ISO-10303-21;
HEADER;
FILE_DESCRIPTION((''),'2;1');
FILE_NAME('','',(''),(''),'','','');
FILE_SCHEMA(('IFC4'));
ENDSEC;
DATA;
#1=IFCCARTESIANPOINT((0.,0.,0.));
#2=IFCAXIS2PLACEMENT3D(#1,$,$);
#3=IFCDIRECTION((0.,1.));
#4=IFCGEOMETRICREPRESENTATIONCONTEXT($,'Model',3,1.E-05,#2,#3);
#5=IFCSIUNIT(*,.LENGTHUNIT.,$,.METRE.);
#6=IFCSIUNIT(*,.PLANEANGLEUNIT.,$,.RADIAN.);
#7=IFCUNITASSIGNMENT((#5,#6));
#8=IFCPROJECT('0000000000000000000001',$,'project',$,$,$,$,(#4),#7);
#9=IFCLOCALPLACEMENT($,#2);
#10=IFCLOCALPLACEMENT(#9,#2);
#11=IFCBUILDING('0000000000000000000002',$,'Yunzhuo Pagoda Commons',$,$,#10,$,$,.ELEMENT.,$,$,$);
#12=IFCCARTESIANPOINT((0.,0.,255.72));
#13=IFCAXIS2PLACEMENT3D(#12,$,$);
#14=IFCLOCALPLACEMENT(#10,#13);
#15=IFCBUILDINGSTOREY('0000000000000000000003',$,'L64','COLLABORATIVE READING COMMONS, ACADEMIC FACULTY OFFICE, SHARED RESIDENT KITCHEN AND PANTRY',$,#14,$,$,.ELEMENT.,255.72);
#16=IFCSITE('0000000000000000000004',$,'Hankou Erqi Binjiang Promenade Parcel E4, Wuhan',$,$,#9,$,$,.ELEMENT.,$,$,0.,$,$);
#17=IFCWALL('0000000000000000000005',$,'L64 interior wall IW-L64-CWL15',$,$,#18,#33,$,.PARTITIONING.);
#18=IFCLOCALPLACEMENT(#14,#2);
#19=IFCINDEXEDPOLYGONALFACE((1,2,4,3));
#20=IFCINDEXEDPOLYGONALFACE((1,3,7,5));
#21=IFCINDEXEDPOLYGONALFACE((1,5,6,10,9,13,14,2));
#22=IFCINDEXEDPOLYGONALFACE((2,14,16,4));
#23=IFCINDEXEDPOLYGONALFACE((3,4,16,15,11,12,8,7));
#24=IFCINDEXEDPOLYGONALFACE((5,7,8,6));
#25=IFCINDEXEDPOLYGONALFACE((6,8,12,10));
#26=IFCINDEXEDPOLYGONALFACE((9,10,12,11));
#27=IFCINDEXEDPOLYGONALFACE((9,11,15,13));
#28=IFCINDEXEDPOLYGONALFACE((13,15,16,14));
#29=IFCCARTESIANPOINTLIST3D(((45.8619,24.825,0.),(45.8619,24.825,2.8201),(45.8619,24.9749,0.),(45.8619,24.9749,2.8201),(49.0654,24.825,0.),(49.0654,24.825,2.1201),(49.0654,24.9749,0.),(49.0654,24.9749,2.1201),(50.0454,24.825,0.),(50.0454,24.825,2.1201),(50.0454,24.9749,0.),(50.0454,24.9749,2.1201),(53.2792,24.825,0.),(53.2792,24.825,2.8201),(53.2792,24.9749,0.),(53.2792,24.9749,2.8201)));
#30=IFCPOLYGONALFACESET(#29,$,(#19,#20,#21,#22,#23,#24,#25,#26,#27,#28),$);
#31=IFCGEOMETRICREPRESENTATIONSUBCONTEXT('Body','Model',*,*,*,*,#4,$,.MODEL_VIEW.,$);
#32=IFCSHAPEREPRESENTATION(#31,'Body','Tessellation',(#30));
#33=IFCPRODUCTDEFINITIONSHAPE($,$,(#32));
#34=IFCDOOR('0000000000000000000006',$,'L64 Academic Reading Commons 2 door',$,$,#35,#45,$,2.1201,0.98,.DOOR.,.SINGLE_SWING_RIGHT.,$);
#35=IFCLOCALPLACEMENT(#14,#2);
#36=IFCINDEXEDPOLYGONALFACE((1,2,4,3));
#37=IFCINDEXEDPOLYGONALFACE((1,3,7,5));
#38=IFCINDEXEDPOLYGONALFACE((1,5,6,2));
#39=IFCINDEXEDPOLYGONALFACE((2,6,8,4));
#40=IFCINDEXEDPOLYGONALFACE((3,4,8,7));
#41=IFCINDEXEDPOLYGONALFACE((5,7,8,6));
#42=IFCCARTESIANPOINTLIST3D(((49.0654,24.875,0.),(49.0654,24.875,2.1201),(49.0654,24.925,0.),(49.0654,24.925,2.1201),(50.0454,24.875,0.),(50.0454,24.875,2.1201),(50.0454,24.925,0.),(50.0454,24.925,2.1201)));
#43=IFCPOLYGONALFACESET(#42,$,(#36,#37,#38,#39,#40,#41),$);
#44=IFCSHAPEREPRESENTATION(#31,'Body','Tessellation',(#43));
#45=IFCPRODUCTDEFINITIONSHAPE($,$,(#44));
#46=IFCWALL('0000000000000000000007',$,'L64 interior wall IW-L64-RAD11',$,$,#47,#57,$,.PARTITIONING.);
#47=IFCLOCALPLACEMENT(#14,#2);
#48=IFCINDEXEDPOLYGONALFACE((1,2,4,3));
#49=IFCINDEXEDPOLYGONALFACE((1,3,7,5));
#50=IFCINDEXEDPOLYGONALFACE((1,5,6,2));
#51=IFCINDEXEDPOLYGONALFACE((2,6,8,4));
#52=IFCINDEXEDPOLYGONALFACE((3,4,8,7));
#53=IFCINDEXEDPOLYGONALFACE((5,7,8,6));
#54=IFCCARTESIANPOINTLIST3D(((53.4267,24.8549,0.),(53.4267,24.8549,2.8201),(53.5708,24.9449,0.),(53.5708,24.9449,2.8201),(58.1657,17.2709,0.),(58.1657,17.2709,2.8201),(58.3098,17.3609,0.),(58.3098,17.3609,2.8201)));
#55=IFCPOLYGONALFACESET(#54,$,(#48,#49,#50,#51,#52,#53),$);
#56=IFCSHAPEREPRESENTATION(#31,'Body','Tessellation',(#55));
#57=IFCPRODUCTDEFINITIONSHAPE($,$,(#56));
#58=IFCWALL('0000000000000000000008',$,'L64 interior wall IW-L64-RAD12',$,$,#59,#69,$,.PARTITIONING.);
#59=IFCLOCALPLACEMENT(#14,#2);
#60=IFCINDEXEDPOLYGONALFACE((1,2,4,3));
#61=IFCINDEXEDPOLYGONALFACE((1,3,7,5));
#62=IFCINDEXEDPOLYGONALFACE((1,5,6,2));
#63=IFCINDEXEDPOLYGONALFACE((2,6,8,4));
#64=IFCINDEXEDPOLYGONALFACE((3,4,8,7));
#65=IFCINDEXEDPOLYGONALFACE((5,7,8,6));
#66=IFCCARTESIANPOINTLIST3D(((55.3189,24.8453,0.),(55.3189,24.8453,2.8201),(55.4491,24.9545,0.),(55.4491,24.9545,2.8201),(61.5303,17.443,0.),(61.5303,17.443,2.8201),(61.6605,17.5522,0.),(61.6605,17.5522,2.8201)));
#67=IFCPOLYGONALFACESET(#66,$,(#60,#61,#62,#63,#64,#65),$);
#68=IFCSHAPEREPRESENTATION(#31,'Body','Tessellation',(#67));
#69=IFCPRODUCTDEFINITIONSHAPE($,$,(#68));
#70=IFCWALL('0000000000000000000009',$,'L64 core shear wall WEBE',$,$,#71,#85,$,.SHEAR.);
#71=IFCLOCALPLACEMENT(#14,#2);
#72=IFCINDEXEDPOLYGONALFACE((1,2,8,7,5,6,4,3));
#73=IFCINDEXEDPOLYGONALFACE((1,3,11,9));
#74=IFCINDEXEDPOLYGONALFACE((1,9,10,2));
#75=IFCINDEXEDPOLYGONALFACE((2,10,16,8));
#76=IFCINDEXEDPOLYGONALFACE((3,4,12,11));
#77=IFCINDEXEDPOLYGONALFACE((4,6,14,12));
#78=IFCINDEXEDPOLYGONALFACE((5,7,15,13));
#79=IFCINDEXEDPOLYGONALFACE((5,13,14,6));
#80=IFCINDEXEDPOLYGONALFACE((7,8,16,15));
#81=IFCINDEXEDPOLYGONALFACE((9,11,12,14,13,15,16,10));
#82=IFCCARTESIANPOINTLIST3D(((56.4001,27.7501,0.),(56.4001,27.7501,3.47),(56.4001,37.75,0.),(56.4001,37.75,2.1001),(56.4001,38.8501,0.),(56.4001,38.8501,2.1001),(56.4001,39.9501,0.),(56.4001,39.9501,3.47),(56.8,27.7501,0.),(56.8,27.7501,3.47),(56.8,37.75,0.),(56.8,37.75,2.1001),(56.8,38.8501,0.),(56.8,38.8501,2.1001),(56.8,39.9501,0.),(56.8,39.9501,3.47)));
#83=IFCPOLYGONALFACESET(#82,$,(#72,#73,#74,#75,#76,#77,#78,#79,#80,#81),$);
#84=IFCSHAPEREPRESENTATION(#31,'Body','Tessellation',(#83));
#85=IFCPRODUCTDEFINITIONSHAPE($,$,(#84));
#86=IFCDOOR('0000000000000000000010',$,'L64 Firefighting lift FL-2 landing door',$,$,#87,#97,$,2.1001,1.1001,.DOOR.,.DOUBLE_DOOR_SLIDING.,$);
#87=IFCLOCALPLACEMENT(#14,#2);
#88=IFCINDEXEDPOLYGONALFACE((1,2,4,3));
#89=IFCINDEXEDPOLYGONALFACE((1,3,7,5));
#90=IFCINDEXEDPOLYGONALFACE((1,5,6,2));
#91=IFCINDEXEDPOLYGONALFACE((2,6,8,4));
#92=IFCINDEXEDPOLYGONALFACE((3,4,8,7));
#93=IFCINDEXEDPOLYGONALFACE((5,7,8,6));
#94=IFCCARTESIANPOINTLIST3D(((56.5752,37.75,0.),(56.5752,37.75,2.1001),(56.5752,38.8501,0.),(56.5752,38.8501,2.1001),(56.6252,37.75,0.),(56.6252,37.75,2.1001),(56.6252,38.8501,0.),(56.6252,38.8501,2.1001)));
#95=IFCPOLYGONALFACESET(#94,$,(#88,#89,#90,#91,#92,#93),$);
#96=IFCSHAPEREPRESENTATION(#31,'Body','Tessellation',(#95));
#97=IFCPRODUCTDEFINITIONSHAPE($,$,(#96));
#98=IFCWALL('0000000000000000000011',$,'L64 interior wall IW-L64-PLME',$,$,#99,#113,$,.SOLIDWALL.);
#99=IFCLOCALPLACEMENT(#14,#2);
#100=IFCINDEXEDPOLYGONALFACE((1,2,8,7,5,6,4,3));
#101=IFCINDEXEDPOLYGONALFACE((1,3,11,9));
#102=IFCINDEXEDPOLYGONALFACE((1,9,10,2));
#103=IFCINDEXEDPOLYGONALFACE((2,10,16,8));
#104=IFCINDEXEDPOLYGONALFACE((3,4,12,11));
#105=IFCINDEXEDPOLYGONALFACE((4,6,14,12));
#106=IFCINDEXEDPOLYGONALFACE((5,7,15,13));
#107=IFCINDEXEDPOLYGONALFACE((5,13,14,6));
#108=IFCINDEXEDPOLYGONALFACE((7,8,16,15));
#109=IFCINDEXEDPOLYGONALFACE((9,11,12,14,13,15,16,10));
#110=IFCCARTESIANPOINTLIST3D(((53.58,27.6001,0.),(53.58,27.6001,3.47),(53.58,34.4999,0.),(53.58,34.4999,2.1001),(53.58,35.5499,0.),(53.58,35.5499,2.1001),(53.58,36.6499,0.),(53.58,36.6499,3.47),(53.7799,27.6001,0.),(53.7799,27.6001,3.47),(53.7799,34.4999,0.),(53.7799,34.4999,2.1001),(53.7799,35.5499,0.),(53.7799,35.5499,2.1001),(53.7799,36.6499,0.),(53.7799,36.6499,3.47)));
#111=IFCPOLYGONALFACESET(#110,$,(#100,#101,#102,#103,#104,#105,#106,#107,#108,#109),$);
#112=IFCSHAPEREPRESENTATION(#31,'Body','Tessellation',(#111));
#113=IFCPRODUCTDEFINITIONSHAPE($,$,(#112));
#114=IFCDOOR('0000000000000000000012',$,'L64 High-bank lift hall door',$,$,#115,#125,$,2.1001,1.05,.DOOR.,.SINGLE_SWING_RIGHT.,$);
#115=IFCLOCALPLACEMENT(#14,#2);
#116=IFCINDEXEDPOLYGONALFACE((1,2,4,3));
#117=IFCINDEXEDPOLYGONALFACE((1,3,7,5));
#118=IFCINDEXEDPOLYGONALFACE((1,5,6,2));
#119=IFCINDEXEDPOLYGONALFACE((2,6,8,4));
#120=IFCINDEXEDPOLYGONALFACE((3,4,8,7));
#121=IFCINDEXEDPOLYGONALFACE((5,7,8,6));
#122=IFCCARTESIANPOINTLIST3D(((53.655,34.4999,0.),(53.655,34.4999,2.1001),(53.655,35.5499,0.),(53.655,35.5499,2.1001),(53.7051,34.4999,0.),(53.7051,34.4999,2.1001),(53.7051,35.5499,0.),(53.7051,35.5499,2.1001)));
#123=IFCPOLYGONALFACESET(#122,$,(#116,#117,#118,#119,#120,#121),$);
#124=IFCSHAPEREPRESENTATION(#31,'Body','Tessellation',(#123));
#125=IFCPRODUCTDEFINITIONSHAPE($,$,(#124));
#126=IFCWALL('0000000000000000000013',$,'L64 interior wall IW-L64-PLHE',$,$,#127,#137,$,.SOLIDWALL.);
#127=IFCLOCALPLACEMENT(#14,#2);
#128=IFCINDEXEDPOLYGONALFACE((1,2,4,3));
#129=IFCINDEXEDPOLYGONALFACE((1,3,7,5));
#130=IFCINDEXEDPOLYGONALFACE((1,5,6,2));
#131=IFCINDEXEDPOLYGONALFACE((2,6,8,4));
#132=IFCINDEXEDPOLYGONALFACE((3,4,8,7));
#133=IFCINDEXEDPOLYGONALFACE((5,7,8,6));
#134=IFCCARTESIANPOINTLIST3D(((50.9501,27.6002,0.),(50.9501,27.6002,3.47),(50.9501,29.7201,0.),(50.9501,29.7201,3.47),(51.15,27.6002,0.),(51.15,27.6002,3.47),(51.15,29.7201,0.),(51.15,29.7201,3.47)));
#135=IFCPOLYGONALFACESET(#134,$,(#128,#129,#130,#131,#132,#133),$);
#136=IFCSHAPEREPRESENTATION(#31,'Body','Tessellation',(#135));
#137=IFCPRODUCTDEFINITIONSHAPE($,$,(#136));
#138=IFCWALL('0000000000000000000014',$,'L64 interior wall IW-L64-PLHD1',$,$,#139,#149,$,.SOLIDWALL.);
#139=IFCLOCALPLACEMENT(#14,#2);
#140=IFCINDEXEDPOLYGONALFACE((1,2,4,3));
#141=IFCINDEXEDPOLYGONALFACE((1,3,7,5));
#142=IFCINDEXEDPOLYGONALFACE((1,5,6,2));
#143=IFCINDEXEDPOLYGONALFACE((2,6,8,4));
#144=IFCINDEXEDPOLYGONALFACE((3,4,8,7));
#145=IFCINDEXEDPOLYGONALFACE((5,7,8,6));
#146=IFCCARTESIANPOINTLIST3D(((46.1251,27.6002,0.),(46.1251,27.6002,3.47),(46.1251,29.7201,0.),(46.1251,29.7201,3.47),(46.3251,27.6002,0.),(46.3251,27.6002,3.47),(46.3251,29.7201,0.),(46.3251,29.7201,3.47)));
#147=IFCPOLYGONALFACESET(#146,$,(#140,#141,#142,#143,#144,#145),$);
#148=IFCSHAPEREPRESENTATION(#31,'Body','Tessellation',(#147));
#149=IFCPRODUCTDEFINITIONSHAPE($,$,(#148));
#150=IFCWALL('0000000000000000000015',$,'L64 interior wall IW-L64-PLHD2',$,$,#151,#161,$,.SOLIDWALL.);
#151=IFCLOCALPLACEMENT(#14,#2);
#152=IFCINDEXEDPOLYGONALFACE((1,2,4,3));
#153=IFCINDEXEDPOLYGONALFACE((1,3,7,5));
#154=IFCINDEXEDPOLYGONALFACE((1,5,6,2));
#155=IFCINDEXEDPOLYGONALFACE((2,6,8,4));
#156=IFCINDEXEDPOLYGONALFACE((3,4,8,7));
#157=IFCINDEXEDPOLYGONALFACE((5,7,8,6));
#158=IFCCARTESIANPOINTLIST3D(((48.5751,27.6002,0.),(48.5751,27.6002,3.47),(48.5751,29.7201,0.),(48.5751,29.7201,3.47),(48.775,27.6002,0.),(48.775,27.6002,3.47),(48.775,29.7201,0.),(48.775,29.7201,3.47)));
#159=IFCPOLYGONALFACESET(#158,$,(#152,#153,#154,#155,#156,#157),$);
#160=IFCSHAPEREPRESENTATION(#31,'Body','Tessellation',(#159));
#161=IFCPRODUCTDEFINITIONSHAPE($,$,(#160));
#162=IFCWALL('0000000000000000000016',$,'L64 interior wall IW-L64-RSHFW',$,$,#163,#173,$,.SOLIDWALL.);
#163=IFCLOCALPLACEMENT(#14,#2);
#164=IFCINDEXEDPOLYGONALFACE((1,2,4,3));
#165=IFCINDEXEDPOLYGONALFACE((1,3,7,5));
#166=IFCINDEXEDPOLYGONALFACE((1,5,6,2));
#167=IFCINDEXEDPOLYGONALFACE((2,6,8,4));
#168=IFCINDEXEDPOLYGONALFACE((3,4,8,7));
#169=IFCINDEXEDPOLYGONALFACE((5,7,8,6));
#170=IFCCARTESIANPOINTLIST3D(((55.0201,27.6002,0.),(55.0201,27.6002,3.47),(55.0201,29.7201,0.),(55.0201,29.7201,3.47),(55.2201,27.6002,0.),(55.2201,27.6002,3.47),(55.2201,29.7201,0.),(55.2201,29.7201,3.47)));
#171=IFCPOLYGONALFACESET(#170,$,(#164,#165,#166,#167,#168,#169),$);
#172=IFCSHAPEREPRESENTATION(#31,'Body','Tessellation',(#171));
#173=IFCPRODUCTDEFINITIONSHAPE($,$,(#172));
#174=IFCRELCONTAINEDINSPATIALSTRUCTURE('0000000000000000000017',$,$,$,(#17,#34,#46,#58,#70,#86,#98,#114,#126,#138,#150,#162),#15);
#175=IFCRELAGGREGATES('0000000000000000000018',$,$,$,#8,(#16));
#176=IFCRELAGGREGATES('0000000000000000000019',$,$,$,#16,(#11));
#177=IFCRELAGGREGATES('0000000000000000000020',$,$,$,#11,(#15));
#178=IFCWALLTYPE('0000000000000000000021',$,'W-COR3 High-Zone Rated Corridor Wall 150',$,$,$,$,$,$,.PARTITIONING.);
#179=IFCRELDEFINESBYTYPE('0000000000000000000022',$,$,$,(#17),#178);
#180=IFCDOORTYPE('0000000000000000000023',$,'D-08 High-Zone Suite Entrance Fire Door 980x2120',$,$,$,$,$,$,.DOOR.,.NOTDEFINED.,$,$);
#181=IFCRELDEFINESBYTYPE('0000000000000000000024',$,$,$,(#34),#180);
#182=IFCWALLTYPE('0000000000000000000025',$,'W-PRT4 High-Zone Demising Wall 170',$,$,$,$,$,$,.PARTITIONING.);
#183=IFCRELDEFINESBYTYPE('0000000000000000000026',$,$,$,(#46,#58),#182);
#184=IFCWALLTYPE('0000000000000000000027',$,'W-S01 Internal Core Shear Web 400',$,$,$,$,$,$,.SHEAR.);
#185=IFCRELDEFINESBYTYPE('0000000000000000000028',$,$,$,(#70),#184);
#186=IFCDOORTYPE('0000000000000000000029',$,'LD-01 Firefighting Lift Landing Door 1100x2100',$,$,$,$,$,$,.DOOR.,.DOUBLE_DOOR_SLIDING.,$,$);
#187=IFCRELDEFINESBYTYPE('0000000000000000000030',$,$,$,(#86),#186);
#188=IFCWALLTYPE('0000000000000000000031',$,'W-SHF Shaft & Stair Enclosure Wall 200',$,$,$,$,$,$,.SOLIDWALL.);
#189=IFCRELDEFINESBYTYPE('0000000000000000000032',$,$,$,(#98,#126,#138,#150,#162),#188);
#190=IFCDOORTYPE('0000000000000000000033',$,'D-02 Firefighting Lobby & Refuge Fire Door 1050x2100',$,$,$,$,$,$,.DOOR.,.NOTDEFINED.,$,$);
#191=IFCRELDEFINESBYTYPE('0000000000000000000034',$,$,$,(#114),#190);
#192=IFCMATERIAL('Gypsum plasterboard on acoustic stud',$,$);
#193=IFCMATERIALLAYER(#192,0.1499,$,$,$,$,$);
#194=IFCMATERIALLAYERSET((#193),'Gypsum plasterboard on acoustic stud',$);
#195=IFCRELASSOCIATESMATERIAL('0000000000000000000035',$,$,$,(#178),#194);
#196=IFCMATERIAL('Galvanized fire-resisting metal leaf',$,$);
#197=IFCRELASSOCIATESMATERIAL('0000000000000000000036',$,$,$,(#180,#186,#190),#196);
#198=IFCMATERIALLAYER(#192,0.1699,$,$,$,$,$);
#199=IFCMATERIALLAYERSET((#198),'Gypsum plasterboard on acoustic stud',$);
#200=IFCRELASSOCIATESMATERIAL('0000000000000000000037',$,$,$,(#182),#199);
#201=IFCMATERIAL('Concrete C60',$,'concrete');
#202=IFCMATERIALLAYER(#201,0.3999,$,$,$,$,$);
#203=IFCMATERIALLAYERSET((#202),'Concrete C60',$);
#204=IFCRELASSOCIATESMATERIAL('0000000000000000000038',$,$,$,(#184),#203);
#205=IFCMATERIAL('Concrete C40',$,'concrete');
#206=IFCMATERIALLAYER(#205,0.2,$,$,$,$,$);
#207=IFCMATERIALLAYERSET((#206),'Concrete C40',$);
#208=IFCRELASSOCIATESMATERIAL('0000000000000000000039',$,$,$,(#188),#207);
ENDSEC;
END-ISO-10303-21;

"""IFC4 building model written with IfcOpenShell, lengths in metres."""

from ifc_helpers import new_model, si_unit, direction, frame, frame_2d, origin, origin_with_axes, place, context, subcontext, project, spatial, rectangle, extrude, source, transform, mapped, material, layer, layer_set, type_object, element, fill, save


model = new_model("IFC4")

# Units and contexts
model_context = context("Model", 3, precision=1e-05, world=origin(), true_north=direction((0.0, 1.0)))
body_context = subcontext(model_context, "Body", "Model", "MODEL_VIEW")
ifc_project = project(units=[si_unit("LENGTHUNIT", "METRE"), si_unit("PLANEANGLEUNIT", "RADIAN")], contexts=[model_context])

# Site, building, storey
site_placement = place(None, origin())
site = spatial("IfcSite", under=ifc_project, at=site_placement, Name="Hankou Erqi Binjiang Promenade Parcel E4, Wuhan", CompositionType="ELEMENT", RefElevation=0.0)
building_placement = place(site_placement, origin())
building = spatial("IfcBuilding", under=site, at=building_placement, Name="Yunzhuo Pagoda Commons", CompositionType="ELEMENT")
storey_placement = place(building_placement, frame((0.0, 0.0, 255.72)))
storey = spatial("IfcBuildingStorey", under=building, at=storey_placement, Name="L64", Description="COLLABORATIVE READING COMMONS, ACADEMIC FACULTY OFFICE, SHARED RESIDENT KITCHEN AND PANTRY", CompositionType="ELEMENT", Elevation=255.72)

# Shared definitions
ifc_material_1 = material(Name="Gypsum plasterboard on acoustic stud")
ifc_layer_1 = layer(ifc_material_1, 0.1499)
ifc_layer_set_1 = layer_set([ifc_layer_1], Name="Gypsum plasterboard on acoustic stud")
wall_type_1 = type_object("IfcWallType", Name="W-COR3 High-Zone Rated Corridor Wall 150", PredefinedType="PARTITIONING", material=ifc_layer_set_1)
ifc_material_2 = material(Name="Galvanized fire-resisting metal leaf")

# Wall, opening, door
wall_1_placement = place(storey_placement, frame((53.2791, 24.8999, 0.0), z_axis=(0.0, 0.0, 1.0), x_axis=(-1.0, 0.0, 0.0)))
wall_1 = element("IfcWall", 1, at=wall_1_placement, inside=storey, type_object=wall_type_1, Name="L64 interior wall IW-L64-CWL15", PredefinedType="PARTITIONING", context=body_context, shape_type="SweptSolid", body=[
    extrude(rectangle(XDim=7.4172, YDim=0.1499, at=frame_2d((3.7085, 0.0))), origin(), (0.0, 0.0, 1.0), 2.8201),
])
opening_1_placement = place(wall_1_placement, frame((3.2336, 0.0, 0.0)))
opening_1 = element("IfcOpeningElement", 2, at=opening_1_placement, cuts=wall_1, PredefinedType="OPENING", context=body_context, shape_type="SweptSolid", body=[
    extrude(rectangle(XDim=0.98, YDim=2.1201, at=frame_2d((0.49, 1.0601))), frame((0.0, 0.085, 0.0), z_axis=(0.0, -1.0, 0.0), x_axis=(1.0, 0.0, 0.0)), (0.0, 0.0, 1.0), 0.1699),
])
door_type_1 = type_object("IfcDoorType", Name="D-08 High-Zone Suite Entrance Fire Door 980x2120", OperationType="NOTDEFINED", PredefinedType="DOOR", material=ifc_material_2)
shared_shape_1 = source(origin(), body_context, "Body", "SweptSolid", [
    extrude(rectangle(XDim=0.98, YDim=2.1201, at=frame_2d((0.49, 1.0601))), frame((0.0, 0.0249, 0.0), z_axis=(0.0, -1.0, 0.0), x_axis=(1.0, 0.0, 0.0)), (0.0, 0.0, 1.0), 0.05),
])
door_1_placement = place(opening_1_placement, origin_with_axes())
door_1 = element("IfcDoor", 3, at=door_1_placement, inside=storey, type_object=door_type_1, Name="L64 Academic Reading Commons 2 door", OperationType="SINGLE_SWING_RIGHT", OverallHeight=2.1201, OverallWidth=0.98, PredefinedType="DOOR", context=body_context, shape_type="MappedRepresentation", body=[
    mapped(shared_shape_1, transform((0.0, 0.0, 0.0), scale=1.0)),
])
fill(opening_1, door_1)

# Walls
ifc_layer_2 = layer(ifc_material_1, 0.1699)
ifc_layer_set_2 = layer_set([ifc_layer_2], Name="Gypsum plasterboard on acoustic stud")
wall_type_2 = type_object("IfcWallType", Name="W-PRT4 High-Zone Demising Wall 170", PredefinedType="PARTITIONING", material=ifc_layer_set_2)
wall_2_placement = place(storey_placement, frame((53.4988, 24.8999, 0.0), z_axis=(0.0, 0.0, 1.0), x_axis=(0.52992, -0.848047, 0.0)))
element("IfcWall", 4, at=wall_2_placement, inside=storey, type_object=wall_type_2, Name="L64 interior wall IW-L64-RAD11", PredefinedType="PARTITIONING", context=body_context, shape_type="SweptSolid", body=[
    extrude(rectangle(XDim=8.9429, YDim=0.1699, at=frame_2d((4.4714, 0.0))), origin(), (0.0, 0.0, 1.0), 2.8201),
])
wall_3_placement = place(storey_placement, frame((55.384, 24.8999, 0.0), z_axis=(0.0, 0.0, 1.0), x_axis=(0.642795, -0.766038, 0.0)))
element("IfcWall", 5, at=wall_3_placement, inside=storey, type_object=wall_type_2, Name="L64 interior wall IW-L64-RAD12", PredefinedType="PARTITIONING", context=body_context, shape_type="SweptSolid", body=[
    extrude(rectangle(XDim=9.6631, YDim=0.1699, at=frame_2d((4.8315, 0.0))), origin(), (0.0, 0.0, 1.0), 2.8201),
])

# Walls, openings, doors
ifc_material_3 = material(Name="Concrete C60", Category="concrete")
ifc_layer_3 = layer(ifc_material_3, 0.3999)
ifc_layer_set_3 = layer_set([ifc_layer_3], Name="Concrete C60")
wall_type_3 = type_object("IfcWallType", Name="W-S01 Internal Core Shear Web 400", PredefinedType="SHEAR", material=ifc_layer_set_3)
wall_4_placement = place(storey_placement, frame((56.6001, 27.75, 0.0), z_axis=(0.0, 0.0, 1.0), x_axis=(0.0, 1.0, 0.0)))
wall_4 = element("IfcWall", 6, at=wall_4_placement, inside=storey, type_object=wall_type_3, Name="L64 core shear wall WEBE", PredefinedType="SHEAR", context=body_context, shape_type="SweptSolid", body=[
    extrude(rectangle(XDim=12.2, YDim=0.3999, at=frame_2d((6.1001, 0.0))), origin(), (0.0, 0.0, 1.0), 3.47),
])
opening_2_placement = place(wall_4_placement, frame((10.0, 0.0, 0.0)))
opening_2 = element("IfcOpeningElement", 7, at=opening_2_placement, cuts=wall_4, PredefinedType="OPENING", context=body_context, shape_type="SweptSolid", body=[
    extrude(rectangle(XDim=1.1001, YDim=2.1001, at=frame_2d((0.55, 1.05))), frame((0.0, 0.21, 0.0), z_axis=(0.0, -1.0, 0.0), x_axis=(1.0, 0.0, 0.0)), (0.0, 0.0, 1.0), 0.4199),
])
door_type_2 = type_object("IfcDoorType", Name="LD-01 Firefighting Lift Landing Door 1100x2100", OperationType="DOUBLE_DOOR_SLIDING", PredefinedType="DOOR", material=ifc_material_2)
shared_shape_2 = source(origin(), body_context, "Body", "SweptSolid", [
    extrude(rectangle(XDim=1.1001, YDim=2.1001, at=frame_2d((0.55, 1.05))), frame((0.0, 0.0249, 0.0), z_axis=(0.0, -1.0, 0.0), x_axis=(1.0, 0.0, 0.0)), (0.0, 0.0, 1.0), 0.05),
])
door_2_placement = place(opening_2_placement, origin_with_axes())
door_2 = element("IfcDoor", 8, at=door_2_placement, inside=storey, type_object=door_type_2, Name="L64 Firefighting lift FL-2 landing door", OperationType="DOUBLE_DOOR_SLIDING", OverallHeight=2.1001, OverallWidth=1.1001, PredefinedType="DOOR", context=body_context, shape_type="MappedRepresentation", body=[
    mapped(shared_shape_2, transform((0.0, 0.0, 0.0), scale=1.0)),
])
fill(opening_2, door_2)
ifc_material_4 = material(Name="Concrete C40", Category="concrete")
ifc_layer_4 = layer(ifc_material_4, 0.2)
ifc_layer_set_4 = layer_set([ifc_layer_4], Name="Concrete C40")
wall_type_4 = type_object("IfcWallType", Name="W-SHF Shaft & Stair Enclosure Wall 200", PredefinedType="SOLIDWALL", material=ifc_layer_set_4)
wall_5_placement = place(storey_placement, frame((53.6799, 27.6001, 0.0), z_axis=(0.0, 0.0, 1.0), x_axis=(0.0, 1.0, 0.0)))
wall_5 = element("IfcWall", 9, at=wall_5_placement, inside=storey, type_object=wall_type_4, Name="L64 interior wall IW-L64-PLME", PredefinedType="SOLIDWALL", context=body_context, shape_type="SweptSolid", body=[
    extrude(rectangle(XDim=9.0498, YDim=0.2, at=frame_2d((4.5249, 0.0))), origin(), (0.0, 0.0, 1.0), 3.47),
])
opening_3_placement = place(wall_5_placement, frame((6.8999, 0.0, 0.0)))
opening_3 = element("IfcOpeningElement", 10, at=opening_3_placement, cuts=wall_5, PredefinedType="OPENING", context=body_context, shape_type="SweptSolid", body=[
    extrude(rectangle(XDim=1.05, YDim=2.1001, at=frame_2d((0.5249, 1.05))), frame((0.0, 0.1099, 0.0), z_axis=(0.0, -1.0, 0.0), x_axis=(1.0, 0.0, 0.0)), (0.0, 0.0, 1.0), 0.22),
])
door_type_3 = type_object("IfcDoorType", Name="D-02 Firefighting Lobby & Refuge Fire Door 1050x2100", OperationType="NOTDEFINED", PredefinedType="DOOR", material=ifc_material_2)
shared_shape_3 = source(origin(), body_context, "Body", "SweptSolid", [
    extrude(rectangle(XDim=1.05, YDim=2.1001, at=frame_2d((0.5249, 1.05))), frame((0.0, 0.0249, 0.0), z_axis=(0.0, -1.0, 0.0), x_axis=(1.0, 0.0, 0.0)), (0.0, 0.0, 1.0), 0.05),
])
door_3_placement = place(opening_3_placement, origin_with_axes())
door_3 = element("IfcDoor", 11, at=door_3_placement, inside=storey, type_object=door_type_3, Name="L64 High-bank lift hall door", OperationType="SINGLE_SWING_RIGHT", OverallHeight=2.1001, OverallWidth=1.05, PredefinedType="DOOR", context=body_context, shape_type="MappedRepresentation", body=[
    mapped(shared_shape_3, transform((0.0, 0.0, 0.0), scale=1.0)),
])
fill(opening_3, door_3)

# Walls
for number, where, z_axis, x_axis, name in (
    (12, (51.05, 27.6001, 0.0), (0.0, 0.0, 1.0), (0.0, 1.0, 0.0), "L64 interior wall IW-L64-PLHE"),
    (13, (46.2251, 27.6001, 0.0), (0.0, 0.0, 1.0), (0.0, 1.0, 0.0), "L64 interior wall IW-L64-PLHD1"),
    (14, (48.675, 27.6001, 0.0), (0.0, 0.0, 1.0), (0.0, 1.0, 0.0), "L64 interior wall IW-L64-PLHD2"),
    (15, (55.1201, 27.6001, 0.0), (0.0, 0.0, 1.0), (0.0, 1.0, 0.0), "L64 interior wall IW-L64-RSHFW"),
):
    element("IfcWall", number, at=place(storey_placement, frame(where, z_axis=z_axis, x_axis=x_axis)), inside=storey, type_object=wall_type_4, Name=name, PredefinedType="SOLIDWALL", context=body_context, shape_type="SweptSolid", body=[
        extrude(rectangle(XDim=2.1199, YDim=0.2, at=frame_2d((1.0601, 0.0))), origin(), (0.0, 0.0, 1.0), 3.47),
    ])

save(model, "model.ifc")
